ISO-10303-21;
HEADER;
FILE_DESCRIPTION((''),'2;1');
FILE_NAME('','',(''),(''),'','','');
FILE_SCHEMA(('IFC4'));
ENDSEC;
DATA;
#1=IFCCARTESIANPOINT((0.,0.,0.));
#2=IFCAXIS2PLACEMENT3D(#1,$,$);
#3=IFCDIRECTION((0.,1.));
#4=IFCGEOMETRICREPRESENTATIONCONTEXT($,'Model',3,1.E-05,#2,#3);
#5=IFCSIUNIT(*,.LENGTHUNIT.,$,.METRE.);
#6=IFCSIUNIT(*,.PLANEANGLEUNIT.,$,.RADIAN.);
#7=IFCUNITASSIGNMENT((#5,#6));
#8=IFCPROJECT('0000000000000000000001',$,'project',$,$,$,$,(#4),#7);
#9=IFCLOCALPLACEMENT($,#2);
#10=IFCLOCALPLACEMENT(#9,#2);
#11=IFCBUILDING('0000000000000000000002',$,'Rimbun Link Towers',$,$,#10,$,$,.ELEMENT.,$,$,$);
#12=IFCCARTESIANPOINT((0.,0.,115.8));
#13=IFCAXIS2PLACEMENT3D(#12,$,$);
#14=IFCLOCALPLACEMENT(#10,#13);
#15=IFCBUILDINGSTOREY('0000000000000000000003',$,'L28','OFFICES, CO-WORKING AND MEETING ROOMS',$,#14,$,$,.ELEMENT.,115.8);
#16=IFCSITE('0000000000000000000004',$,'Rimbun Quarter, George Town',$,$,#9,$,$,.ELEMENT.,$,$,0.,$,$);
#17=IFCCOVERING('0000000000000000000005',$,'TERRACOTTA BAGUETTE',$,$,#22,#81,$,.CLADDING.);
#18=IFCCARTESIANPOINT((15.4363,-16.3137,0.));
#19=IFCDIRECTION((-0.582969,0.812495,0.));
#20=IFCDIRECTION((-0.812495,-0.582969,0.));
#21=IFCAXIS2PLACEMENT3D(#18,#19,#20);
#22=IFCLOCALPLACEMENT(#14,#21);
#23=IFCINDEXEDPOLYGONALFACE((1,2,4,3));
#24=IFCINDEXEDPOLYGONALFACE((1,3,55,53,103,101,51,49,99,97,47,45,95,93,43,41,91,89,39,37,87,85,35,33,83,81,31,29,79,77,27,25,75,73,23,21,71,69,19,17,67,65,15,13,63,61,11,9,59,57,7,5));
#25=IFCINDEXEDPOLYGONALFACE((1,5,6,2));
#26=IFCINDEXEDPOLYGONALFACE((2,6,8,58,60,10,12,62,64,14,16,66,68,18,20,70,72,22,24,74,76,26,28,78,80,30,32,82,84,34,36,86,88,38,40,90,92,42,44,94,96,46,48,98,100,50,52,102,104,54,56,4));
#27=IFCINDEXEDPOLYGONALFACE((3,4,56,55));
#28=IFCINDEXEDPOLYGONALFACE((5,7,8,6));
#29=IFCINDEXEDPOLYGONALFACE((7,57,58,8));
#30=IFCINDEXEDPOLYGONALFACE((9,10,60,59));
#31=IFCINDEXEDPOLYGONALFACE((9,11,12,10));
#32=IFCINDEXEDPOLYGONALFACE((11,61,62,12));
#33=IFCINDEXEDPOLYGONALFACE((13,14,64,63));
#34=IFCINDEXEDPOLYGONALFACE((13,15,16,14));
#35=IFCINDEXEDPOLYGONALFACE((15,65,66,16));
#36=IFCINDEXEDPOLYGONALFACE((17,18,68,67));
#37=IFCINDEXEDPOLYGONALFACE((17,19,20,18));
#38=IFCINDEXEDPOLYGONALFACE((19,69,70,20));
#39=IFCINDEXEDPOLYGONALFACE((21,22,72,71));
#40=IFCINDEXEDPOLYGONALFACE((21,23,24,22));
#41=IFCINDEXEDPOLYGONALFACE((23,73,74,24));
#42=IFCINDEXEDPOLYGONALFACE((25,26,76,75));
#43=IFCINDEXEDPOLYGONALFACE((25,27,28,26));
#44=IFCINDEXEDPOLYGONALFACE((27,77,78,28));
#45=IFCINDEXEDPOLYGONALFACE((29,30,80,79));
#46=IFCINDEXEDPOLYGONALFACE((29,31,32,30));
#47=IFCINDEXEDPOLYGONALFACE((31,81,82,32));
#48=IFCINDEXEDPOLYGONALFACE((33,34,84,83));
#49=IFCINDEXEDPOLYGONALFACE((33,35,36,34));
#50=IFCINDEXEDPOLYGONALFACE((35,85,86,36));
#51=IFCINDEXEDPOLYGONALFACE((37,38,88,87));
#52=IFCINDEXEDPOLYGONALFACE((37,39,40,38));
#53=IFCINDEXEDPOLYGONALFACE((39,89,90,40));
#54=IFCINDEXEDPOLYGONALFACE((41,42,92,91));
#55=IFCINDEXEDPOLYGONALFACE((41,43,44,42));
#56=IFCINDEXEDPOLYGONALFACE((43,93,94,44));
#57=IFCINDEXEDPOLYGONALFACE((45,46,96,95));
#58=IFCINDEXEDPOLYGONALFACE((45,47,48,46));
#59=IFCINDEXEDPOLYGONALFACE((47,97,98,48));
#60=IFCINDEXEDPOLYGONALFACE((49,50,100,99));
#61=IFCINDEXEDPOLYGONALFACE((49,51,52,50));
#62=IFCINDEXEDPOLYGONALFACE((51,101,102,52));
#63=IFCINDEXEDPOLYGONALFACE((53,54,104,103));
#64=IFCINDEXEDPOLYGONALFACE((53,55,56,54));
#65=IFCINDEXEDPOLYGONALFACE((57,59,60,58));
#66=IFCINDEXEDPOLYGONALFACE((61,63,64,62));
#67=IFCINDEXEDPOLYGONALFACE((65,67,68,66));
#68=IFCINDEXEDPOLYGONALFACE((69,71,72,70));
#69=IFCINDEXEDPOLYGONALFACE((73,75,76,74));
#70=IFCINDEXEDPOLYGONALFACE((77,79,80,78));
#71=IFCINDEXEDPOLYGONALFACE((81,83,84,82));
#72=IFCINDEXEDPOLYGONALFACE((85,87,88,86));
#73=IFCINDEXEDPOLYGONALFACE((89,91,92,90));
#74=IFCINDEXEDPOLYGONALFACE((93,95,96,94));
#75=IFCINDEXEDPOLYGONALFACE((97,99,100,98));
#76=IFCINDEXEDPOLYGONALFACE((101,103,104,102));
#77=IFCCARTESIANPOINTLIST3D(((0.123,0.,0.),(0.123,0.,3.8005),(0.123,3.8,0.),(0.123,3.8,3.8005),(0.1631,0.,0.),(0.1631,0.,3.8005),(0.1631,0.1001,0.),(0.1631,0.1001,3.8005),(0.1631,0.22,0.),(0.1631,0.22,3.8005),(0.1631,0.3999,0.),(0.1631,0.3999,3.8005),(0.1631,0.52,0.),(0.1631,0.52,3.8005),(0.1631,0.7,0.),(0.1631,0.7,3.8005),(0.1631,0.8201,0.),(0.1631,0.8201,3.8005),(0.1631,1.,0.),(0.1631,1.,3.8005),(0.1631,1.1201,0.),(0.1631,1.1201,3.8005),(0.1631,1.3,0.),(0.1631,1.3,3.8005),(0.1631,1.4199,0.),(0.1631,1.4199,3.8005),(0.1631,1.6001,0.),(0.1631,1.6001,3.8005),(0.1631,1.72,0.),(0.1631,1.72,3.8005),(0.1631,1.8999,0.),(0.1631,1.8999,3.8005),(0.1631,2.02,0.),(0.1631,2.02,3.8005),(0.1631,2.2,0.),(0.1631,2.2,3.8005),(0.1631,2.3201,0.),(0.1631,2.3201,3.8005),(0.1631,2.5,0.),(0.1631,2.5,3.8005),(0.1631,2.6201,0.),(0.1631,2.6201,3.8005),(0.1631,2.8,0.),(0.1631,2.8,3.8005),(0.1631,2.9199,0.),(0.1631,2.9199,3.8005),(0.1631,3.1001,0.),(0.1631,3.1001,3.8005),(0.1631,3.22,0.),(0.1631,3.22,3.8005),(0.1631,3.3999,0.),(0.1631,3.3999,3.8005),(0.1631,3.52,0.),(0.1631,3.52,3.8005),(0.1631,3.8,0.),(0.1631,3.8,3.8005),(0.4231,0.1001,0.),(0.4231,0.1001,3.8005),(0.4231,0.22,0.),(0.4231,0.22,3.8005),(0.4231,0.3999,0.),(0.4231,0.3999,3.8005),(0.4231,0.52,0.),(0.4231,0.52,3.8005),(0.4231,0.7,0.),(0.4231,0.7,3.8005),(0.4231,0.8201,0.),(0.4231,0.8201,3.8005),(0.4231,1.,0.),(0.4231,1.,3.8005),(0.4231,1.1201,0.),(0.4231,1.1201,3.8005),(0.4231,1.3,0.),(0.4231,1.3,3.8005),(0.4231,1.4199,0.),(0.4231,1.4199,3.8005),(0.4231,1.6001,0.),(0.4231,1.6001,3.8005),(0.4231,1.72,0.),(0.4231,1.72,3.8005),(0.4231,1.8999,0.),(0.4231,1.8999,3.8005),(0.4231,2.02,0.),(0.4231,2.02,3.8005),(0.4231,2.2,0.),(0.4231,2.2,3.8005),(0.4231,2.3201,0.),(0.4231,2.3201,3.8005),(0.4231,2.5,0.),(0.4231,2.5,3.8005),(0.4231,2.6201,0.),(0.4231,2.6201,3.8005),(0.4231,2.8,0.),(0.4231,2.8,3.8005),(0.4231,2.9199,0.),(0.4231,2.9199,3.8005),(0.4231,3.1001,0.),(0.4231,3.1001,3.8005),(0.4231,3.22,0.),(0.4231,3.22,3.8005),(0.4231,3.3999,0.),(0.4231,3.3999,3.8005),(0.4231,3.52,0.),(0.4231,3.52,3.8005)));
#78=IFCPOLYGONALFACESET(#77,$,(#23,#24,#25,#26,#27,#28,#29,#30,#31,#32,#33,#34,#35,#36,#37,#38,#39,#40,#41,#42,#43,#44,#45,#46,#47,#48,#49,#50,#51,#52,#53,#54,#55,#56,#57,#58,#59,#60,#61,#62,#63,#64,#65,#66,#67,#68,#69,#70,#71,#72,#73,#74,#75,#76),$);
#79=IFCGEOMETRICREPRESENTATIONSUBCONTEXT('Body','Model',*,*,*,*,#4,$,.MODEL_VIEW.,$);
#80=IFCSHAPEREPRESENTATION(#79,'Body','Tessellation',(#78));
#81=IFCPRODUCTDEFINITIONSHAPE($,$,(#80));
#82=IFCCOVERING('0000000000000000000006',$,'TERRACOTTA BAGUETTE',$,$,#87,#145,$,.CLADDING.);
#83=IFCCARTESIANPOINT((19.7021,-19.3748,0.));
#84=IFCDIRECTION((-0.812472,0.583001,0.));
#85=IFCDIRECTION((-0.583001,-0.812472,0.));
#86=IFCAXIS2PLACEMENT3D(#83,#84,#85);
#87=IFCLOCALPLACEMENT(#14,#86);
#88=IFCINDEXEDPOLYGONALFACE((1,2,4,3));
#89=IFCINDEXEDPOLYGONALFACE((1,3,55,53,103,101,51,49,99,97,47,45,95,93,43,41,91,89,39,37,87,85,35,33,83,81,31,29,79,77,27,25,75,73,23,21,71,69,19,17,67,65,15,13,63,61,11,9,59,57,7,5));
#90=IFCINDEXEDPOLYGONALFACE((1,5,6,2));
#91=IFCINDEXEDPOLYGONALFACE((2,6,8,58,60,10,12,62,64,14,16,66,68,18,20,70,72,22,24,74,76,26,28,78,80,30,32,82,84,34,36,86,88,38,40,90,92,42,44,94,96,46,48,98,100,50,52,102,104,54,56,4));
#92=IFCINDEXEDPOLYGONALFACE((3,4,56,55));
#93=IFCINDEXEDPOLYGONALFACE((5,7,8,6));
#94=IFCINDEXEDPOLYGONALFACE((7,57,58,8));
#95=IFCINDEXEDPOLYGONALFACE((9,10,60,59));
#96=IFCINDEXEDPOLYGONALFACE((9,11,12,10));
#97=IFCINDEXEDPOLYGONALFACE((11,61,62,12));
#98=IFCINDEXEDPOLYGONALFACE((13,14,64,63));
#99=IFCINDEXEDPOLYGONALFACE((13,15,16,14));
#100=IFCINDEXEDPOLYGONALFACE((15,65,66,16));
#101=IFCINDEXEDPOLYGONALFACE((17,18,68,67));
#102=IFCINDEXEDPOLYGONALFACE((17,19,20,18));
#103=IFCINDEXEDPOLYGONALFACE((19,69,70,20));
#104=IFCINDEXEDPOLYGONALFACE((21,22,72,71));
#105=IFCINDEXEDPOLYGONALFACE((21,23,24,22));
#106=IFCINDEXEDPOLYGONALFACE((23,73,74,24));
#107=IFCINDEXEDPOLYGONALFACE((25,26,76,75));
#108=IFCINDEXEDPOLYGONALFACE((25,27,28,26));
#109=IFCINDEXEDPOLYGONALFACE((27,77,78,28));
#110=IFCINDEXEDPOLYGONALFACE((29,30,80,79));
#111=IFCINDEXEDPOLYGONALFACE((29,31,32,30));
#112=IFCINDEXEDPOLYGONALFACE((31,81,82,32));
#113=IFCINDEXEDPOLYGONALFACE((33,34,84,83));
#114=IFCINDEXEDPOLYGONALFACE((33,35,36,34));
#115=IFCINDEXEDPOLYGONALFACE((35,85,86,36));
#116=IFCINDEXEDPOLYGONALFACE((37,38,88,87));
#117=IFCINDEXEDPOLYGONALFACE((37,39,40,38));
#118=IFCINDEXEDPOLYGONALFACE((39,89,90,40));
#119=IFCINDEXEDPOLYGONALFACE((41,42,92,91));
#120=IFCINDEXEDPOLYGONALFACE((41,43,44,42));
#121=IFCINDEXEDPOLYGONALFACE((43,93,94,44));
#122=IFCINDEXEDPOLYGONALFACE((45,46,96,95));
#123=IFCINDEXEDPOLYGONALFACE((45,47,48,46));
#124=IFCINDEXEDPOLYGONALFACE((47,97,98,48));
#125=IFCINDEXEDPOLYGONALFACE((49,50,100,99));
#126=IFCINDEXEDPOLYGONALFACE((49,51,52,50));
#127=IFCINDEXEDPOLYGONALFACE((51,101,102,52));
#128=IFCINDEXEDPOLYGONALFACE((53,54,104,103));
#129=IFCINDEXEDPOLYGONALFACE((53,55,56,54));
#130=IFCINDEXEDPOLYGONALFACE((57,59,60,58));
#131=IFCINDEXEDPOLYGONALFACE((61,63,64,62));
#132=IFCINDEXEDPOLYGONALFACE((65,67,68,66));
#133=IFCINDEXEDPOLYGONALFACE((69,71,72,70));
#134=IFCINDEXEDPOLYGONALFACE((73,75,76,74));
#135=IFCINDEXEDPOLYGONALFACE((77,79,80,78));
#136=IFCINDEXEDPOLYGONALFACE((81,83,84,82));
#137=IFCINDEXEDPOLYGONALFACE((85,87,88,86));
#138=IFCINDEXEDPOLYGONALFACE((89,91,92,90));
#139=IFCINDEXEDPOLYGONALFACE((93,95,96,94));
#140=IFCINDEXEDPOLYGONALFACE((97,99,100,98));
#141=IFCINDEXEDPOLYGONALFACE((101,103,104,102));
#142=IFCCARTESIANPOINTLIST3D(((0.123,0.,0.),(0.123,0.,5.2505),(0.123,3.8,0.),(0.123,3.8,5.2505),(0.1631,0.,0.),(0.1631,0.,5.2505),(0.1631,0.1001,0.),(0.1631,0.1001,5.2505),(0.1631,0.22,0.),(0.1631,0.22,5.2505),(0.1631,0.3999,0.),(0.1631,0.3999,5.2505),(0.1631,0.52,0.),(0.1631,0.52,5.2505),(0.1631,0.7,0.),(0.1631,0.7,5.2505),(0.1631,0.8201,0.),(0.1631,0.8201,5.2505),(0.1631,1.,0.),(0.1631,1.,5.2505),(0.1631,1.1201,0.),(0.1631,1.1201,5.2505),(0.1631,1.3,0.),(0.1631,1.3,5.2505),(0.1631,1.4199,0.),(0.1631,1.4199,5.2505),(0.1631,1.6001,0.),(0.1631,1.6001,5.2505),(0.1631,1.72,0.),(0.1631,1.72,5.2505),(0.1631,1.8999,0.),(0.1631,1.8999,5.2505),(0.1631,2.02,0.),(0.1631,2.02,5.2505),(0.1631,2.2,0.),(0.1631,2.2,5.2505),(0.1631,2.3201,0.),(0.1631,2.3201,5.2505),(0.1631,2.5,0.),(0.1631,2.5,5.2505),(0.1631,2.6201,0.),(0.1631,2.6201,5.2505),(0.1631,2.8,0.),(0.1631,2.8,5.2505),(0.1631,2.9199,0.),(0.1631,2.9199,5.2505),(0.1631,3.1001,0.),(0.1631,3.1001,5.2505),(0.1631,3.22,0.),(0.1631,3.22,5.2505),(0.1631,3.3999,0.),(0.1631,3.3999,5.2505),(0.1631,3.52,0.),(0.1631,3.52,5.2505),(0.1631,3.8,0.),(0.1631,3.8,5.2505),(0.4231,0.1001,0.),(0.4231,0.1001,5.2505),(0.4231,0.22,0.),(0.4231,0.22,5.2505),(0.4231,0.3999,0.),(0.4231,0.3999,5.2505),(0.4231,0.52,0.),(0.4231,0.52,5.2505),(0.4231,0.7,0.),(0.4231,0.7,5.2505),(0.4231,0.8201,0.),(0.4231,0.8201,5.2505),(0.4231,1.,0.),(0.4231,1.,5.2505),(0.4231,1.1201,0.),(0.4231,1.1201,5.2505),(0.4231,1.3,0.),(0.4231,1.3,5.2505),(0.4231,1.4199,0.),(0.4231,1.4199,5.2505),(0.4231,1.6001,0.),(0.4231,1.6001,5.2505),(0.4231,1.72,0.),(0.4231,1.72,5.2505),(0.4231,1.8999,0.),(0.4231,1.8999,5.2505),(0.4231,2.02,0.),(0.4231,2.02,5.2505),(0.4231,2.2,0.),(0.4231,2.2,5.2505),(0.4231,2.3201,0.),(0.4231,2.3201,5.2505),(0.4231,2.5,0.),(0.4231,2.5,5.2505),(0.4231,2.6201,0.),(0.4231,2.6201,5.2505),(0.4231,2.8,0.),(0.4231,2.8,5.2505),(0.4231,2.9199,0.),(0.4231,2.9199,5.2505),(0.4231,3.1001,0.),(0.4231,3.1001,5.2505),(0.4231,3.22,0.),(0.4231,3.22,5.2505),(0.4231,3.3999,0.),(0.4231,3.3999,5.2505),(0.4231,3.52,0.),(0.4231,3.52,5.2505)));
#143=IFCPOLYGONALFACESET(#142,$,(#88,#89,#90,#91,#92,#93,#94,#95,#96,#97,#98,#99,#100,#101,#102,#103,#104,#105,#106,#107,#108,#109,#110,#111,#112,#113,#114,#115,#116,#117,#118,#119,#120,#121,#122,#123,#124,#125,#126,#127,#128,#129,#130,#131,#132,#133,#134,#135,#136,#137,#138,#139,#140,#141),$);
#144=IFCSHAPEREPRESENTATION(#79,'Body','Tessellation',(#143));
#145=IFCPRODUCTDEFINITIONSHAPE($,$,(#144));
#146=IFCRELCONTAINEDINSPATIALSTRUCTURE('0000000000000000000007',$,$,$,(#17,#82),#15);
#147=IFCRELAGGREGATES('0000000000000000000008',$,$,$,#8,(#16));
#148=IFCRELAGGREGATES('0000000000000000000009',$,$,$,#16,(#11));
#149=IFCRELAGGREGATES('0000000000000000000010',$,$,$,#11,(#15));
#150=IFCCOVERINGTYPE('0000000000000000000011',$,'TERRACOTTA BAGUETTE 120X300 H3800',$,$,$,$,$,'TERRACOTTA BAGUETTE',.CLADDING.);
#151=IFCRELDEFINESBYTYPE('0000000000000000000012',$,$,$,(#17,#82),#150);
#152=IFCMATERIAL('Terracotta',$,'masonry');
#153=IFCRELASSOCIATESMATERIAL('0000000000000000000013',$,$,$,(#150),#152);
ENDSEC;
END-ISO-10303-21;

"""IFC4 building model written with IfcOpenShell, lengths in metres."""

from ifc_helpers import new_model, si_unit, direction, frame, origin, place, context, subcontext, project, spatial, polyline, outline, extrude, material, material_profile, profile_set, type_object, element, save


model = new_model("IFC4")

# Units and contexts
model_context = context("Model", 3, precision=1e-05, world=origin(), true_north=direction((0.0, 1.0)))
body_context = subcontext(model_context, "Body", "Model", "MODEL_VIEW")
ifc_project = project(units=[si_unit("LENGTHUNIT", "METRE"), si_unit("PLANEANGLEUNIT", "RADIAN")], contexts=[model_context])

# Site, building, storey
site_placement = place(None, origin())
site = spatial("IfcSite", under=ifc_project, at=site_placement, Name="Rimbun Quarter, George Town", CompositionType="ELEMENT", RefElevation=0.0)
building_placement = place(site_placement, origin())
building = spatial("IfcBuilding", under=site, at=building_placement, Name="Rimbun Link Towers", CompositionType="ELEMENT")
storey_placement = place(building_placement, frame((0.0, 0.0, 115.8)))
storey = spatial("IfcBuildingStorey", under=building, at=storey_placement, Name="L28", Description="OFFICES, CO-WORKING AND MEETING ROOMS", CompositionType="ELEMENT", Elevation=115.8)

# Coverings
ifc_material_1 = material(Name="Terracotta", Category="masonry")
ifc_material_profile_1 = material_profile(ifc_material_1, outline(polyline([(0.123, 0.0), (0.1631, 0.0), (0.1631, 0.1001), (0.4231, 0.1001), (0.4231, 0.22), (0.1631, 0.22), (0.1631, 0.3999), (0.4231, 0.3999), (0.4231, 0.52), (0.1631, 0.52), (0.1631, 0.7), (0.4231, 0.7), (0.4231, 0.8201), (0.1631, 0.8201), (0.1631, 1.0), (0.4231, 1.0), (0.4231, 1.1201), (0.1631, 1.1201), (0.1631, 1.3), (0.4231, 1.3), (0.4231, 1.4199), (0.1631, 1.4199), (0.1631, 1.6001), (0.4231, 1.6001), (0.4231, 1.72), (0.1631, 1.72), (0.1631, 1.8999), (0.4231, 1.8999), (0.4231, 2.02), (0.1631, 2.02), (0.1631, 2.2), (0.4231, 2.2), (0.4231, 2.3201), (0.1631, 2.3201), (0.1631, 2.5), (0.4231, 2.5), (0.4231, 2.6201), (0.1631, 2.6201), (0.1631, 2.8), (0.4231, 2.8), (0.4231, 2.9199), (0.1631, 2.9199), (0.1631, 3.1001), (0.4231, 3.1001), (0.4231, 3.22), (0.1631, 3.22), (0.1631, 3.3999), (0.4231, 3.3999), (0.4231, 3.52), (0.1631, 3.52), (0.1631, 3.8), (0.123, 3.8), (0.123, 0.0)])), Name="BAGUETTE 120X300")
ifc_profile_set_1 = profile_set([ifc_material_profile_1], Name="Terracotta")
covering_type = type_object("IfcCoveringType", Name="TERRACOTTA BAGUETTE 120X300 H3800", ElementType="TERRACOTTA BAGUETTE", PredefinedType="CLADDING", material=ifc_profile_set_1)
covering_1_placement = place(storey_placement, frame((15.4363, -16.3137, 0.0), z_axis=(-0.582969, 0.812495, 0.0), x_axis=(-0.812495, -0.582969, 0.0)))
element("IfcCovering", 1, at=covering_1_placement, inside=storey, type_object=covering_type, Name="TERRACOTTA BAGUETTE", PredefinedType="CLADDING", context=body_context, shape_type="SweptSolid", body=[
    extrude(outline(polyline([(0.123, 0.0), (0.1631, 0.0), (0.1631, 0.1001), (0.4231, 0.1001), (0.4231, 0.22), (0.1631, 0.22), (0.1631, 0.3999), (0.4231, 0.3999), (0.4231, 0.52), (0.1631, 0.52), (0.1631, 0.7), (0.4231, 0.7), (0.4231, 0.8201), (0.1631, 0.8201), (0.1631, 1.0), (0.4231, 1.0), (0.4231, 1.1201), (0.1631, 1.1201), (0.1631, 1.3), (0.4231, 1.3), (0.4231, 1.4199), (0.1631, 1.4199), (0.1631, 1.6001), (0.4231, 1.6001), (0.4231, 1.72), (0.1631, 1.72), (0.1631, 1.8999), (0.4231, 1.8999), (0.4231, 2.02), (0.1631, 2.02), (0.1631, 2.2), (0.4231, 2.2), (0.4231, 2.3201), (0.1631, 2.3201), (0.1631, 2.5), (0.4231, 2.5), (0.4231, 2.6201), (0.1631, 2.6201), (0.1631, 2.8), (0.4231, 2.8), (0.4231, 2.9199), (0.1631, 2.9199), (0.1631, 3.1001), (0.4231, 3.1001), (0.4231, 3.22), (0.1631, 3.22), (0.1631, 3.3999), (0.4231, 3.3999), (0.4231, 3.52), (0.1631, 3.52), (0.1631, 3.8), (0.123, 3.8), (0.123, 0.0)])), origin(), (0.0, 0.0, 1.0), 3.8005),
])
covering_2_placement = place(storey_placement, frame((19.7021, -19.3748, 0.0), z_axis=(-0.812472, 0.583001, 0.0), x_axis=(-0.583001, -0.812472, 0.0)))
element("IfcCovering", 2, at=covering_2_placement, inside=storey, type_object=covering_type, Name="TERRACOTTA BAGUETTE", PredefinedType="CLADDING", context=body_context, shape_type="SweptSolid", body=[
    extrude(outline(polyline([(0.123, 0.0), (0.1631, 0.0), (0.1631, 0.1001), (0.4231, 0.1001), (0.4231, 0.22), (0.1631, 0.22), (0.1631, 0.3999), (0.4231, 0.3999), (0.4231, 0.52), (0.1631, 0.52), (0.1631, 0.7), (0.4231, 0.7), (0.4231, 0.8201), (0.1631, 0.8201), (0.1631, 1.0), (0.4231, 1.0), (0.4231, 1.1201), (0.1631, 1.1201), (0.1631, 1.3), (0.4231, 1.3), (0.4231, 1.4199), (0.1631, 1.4199), (0.1631, 1.6001), (0.4231, 1.6001), (0.4231, 1.72), (0.1631, 1.72), (0.1631, 1.8999), (0.4231, 1.8999), (0.4231, 2.02), (0.1631, 2.02), (0.1631, 2.2), (0.4231, 2.2), (0.4231, 2.3201), (0.1631, 2.3201), (0.1631, 2.5), (0.4231, 2.5), (0.4231, 2.6201), (0.1631, 2.6201), (0.1631, 2.8), (0.4231, 2.8), (0.4231, 2.9199), (0.1631, 2.9199), (0.1631, 3.1001), (0.4231, 3.1001), (0.4231, 3.22), (0.1631, 3.22), (0.1631, 3.3999), (0.4231, 3.3999), (0.4231, 3.52), (0.1631, 3.52), (0.1631, 3.8), (0.123, 3.8), (0.123, 0.0)])), origin(), (0.0, 0.0, 1.0), 5.2505),
])

save(model, "model.ifc")
